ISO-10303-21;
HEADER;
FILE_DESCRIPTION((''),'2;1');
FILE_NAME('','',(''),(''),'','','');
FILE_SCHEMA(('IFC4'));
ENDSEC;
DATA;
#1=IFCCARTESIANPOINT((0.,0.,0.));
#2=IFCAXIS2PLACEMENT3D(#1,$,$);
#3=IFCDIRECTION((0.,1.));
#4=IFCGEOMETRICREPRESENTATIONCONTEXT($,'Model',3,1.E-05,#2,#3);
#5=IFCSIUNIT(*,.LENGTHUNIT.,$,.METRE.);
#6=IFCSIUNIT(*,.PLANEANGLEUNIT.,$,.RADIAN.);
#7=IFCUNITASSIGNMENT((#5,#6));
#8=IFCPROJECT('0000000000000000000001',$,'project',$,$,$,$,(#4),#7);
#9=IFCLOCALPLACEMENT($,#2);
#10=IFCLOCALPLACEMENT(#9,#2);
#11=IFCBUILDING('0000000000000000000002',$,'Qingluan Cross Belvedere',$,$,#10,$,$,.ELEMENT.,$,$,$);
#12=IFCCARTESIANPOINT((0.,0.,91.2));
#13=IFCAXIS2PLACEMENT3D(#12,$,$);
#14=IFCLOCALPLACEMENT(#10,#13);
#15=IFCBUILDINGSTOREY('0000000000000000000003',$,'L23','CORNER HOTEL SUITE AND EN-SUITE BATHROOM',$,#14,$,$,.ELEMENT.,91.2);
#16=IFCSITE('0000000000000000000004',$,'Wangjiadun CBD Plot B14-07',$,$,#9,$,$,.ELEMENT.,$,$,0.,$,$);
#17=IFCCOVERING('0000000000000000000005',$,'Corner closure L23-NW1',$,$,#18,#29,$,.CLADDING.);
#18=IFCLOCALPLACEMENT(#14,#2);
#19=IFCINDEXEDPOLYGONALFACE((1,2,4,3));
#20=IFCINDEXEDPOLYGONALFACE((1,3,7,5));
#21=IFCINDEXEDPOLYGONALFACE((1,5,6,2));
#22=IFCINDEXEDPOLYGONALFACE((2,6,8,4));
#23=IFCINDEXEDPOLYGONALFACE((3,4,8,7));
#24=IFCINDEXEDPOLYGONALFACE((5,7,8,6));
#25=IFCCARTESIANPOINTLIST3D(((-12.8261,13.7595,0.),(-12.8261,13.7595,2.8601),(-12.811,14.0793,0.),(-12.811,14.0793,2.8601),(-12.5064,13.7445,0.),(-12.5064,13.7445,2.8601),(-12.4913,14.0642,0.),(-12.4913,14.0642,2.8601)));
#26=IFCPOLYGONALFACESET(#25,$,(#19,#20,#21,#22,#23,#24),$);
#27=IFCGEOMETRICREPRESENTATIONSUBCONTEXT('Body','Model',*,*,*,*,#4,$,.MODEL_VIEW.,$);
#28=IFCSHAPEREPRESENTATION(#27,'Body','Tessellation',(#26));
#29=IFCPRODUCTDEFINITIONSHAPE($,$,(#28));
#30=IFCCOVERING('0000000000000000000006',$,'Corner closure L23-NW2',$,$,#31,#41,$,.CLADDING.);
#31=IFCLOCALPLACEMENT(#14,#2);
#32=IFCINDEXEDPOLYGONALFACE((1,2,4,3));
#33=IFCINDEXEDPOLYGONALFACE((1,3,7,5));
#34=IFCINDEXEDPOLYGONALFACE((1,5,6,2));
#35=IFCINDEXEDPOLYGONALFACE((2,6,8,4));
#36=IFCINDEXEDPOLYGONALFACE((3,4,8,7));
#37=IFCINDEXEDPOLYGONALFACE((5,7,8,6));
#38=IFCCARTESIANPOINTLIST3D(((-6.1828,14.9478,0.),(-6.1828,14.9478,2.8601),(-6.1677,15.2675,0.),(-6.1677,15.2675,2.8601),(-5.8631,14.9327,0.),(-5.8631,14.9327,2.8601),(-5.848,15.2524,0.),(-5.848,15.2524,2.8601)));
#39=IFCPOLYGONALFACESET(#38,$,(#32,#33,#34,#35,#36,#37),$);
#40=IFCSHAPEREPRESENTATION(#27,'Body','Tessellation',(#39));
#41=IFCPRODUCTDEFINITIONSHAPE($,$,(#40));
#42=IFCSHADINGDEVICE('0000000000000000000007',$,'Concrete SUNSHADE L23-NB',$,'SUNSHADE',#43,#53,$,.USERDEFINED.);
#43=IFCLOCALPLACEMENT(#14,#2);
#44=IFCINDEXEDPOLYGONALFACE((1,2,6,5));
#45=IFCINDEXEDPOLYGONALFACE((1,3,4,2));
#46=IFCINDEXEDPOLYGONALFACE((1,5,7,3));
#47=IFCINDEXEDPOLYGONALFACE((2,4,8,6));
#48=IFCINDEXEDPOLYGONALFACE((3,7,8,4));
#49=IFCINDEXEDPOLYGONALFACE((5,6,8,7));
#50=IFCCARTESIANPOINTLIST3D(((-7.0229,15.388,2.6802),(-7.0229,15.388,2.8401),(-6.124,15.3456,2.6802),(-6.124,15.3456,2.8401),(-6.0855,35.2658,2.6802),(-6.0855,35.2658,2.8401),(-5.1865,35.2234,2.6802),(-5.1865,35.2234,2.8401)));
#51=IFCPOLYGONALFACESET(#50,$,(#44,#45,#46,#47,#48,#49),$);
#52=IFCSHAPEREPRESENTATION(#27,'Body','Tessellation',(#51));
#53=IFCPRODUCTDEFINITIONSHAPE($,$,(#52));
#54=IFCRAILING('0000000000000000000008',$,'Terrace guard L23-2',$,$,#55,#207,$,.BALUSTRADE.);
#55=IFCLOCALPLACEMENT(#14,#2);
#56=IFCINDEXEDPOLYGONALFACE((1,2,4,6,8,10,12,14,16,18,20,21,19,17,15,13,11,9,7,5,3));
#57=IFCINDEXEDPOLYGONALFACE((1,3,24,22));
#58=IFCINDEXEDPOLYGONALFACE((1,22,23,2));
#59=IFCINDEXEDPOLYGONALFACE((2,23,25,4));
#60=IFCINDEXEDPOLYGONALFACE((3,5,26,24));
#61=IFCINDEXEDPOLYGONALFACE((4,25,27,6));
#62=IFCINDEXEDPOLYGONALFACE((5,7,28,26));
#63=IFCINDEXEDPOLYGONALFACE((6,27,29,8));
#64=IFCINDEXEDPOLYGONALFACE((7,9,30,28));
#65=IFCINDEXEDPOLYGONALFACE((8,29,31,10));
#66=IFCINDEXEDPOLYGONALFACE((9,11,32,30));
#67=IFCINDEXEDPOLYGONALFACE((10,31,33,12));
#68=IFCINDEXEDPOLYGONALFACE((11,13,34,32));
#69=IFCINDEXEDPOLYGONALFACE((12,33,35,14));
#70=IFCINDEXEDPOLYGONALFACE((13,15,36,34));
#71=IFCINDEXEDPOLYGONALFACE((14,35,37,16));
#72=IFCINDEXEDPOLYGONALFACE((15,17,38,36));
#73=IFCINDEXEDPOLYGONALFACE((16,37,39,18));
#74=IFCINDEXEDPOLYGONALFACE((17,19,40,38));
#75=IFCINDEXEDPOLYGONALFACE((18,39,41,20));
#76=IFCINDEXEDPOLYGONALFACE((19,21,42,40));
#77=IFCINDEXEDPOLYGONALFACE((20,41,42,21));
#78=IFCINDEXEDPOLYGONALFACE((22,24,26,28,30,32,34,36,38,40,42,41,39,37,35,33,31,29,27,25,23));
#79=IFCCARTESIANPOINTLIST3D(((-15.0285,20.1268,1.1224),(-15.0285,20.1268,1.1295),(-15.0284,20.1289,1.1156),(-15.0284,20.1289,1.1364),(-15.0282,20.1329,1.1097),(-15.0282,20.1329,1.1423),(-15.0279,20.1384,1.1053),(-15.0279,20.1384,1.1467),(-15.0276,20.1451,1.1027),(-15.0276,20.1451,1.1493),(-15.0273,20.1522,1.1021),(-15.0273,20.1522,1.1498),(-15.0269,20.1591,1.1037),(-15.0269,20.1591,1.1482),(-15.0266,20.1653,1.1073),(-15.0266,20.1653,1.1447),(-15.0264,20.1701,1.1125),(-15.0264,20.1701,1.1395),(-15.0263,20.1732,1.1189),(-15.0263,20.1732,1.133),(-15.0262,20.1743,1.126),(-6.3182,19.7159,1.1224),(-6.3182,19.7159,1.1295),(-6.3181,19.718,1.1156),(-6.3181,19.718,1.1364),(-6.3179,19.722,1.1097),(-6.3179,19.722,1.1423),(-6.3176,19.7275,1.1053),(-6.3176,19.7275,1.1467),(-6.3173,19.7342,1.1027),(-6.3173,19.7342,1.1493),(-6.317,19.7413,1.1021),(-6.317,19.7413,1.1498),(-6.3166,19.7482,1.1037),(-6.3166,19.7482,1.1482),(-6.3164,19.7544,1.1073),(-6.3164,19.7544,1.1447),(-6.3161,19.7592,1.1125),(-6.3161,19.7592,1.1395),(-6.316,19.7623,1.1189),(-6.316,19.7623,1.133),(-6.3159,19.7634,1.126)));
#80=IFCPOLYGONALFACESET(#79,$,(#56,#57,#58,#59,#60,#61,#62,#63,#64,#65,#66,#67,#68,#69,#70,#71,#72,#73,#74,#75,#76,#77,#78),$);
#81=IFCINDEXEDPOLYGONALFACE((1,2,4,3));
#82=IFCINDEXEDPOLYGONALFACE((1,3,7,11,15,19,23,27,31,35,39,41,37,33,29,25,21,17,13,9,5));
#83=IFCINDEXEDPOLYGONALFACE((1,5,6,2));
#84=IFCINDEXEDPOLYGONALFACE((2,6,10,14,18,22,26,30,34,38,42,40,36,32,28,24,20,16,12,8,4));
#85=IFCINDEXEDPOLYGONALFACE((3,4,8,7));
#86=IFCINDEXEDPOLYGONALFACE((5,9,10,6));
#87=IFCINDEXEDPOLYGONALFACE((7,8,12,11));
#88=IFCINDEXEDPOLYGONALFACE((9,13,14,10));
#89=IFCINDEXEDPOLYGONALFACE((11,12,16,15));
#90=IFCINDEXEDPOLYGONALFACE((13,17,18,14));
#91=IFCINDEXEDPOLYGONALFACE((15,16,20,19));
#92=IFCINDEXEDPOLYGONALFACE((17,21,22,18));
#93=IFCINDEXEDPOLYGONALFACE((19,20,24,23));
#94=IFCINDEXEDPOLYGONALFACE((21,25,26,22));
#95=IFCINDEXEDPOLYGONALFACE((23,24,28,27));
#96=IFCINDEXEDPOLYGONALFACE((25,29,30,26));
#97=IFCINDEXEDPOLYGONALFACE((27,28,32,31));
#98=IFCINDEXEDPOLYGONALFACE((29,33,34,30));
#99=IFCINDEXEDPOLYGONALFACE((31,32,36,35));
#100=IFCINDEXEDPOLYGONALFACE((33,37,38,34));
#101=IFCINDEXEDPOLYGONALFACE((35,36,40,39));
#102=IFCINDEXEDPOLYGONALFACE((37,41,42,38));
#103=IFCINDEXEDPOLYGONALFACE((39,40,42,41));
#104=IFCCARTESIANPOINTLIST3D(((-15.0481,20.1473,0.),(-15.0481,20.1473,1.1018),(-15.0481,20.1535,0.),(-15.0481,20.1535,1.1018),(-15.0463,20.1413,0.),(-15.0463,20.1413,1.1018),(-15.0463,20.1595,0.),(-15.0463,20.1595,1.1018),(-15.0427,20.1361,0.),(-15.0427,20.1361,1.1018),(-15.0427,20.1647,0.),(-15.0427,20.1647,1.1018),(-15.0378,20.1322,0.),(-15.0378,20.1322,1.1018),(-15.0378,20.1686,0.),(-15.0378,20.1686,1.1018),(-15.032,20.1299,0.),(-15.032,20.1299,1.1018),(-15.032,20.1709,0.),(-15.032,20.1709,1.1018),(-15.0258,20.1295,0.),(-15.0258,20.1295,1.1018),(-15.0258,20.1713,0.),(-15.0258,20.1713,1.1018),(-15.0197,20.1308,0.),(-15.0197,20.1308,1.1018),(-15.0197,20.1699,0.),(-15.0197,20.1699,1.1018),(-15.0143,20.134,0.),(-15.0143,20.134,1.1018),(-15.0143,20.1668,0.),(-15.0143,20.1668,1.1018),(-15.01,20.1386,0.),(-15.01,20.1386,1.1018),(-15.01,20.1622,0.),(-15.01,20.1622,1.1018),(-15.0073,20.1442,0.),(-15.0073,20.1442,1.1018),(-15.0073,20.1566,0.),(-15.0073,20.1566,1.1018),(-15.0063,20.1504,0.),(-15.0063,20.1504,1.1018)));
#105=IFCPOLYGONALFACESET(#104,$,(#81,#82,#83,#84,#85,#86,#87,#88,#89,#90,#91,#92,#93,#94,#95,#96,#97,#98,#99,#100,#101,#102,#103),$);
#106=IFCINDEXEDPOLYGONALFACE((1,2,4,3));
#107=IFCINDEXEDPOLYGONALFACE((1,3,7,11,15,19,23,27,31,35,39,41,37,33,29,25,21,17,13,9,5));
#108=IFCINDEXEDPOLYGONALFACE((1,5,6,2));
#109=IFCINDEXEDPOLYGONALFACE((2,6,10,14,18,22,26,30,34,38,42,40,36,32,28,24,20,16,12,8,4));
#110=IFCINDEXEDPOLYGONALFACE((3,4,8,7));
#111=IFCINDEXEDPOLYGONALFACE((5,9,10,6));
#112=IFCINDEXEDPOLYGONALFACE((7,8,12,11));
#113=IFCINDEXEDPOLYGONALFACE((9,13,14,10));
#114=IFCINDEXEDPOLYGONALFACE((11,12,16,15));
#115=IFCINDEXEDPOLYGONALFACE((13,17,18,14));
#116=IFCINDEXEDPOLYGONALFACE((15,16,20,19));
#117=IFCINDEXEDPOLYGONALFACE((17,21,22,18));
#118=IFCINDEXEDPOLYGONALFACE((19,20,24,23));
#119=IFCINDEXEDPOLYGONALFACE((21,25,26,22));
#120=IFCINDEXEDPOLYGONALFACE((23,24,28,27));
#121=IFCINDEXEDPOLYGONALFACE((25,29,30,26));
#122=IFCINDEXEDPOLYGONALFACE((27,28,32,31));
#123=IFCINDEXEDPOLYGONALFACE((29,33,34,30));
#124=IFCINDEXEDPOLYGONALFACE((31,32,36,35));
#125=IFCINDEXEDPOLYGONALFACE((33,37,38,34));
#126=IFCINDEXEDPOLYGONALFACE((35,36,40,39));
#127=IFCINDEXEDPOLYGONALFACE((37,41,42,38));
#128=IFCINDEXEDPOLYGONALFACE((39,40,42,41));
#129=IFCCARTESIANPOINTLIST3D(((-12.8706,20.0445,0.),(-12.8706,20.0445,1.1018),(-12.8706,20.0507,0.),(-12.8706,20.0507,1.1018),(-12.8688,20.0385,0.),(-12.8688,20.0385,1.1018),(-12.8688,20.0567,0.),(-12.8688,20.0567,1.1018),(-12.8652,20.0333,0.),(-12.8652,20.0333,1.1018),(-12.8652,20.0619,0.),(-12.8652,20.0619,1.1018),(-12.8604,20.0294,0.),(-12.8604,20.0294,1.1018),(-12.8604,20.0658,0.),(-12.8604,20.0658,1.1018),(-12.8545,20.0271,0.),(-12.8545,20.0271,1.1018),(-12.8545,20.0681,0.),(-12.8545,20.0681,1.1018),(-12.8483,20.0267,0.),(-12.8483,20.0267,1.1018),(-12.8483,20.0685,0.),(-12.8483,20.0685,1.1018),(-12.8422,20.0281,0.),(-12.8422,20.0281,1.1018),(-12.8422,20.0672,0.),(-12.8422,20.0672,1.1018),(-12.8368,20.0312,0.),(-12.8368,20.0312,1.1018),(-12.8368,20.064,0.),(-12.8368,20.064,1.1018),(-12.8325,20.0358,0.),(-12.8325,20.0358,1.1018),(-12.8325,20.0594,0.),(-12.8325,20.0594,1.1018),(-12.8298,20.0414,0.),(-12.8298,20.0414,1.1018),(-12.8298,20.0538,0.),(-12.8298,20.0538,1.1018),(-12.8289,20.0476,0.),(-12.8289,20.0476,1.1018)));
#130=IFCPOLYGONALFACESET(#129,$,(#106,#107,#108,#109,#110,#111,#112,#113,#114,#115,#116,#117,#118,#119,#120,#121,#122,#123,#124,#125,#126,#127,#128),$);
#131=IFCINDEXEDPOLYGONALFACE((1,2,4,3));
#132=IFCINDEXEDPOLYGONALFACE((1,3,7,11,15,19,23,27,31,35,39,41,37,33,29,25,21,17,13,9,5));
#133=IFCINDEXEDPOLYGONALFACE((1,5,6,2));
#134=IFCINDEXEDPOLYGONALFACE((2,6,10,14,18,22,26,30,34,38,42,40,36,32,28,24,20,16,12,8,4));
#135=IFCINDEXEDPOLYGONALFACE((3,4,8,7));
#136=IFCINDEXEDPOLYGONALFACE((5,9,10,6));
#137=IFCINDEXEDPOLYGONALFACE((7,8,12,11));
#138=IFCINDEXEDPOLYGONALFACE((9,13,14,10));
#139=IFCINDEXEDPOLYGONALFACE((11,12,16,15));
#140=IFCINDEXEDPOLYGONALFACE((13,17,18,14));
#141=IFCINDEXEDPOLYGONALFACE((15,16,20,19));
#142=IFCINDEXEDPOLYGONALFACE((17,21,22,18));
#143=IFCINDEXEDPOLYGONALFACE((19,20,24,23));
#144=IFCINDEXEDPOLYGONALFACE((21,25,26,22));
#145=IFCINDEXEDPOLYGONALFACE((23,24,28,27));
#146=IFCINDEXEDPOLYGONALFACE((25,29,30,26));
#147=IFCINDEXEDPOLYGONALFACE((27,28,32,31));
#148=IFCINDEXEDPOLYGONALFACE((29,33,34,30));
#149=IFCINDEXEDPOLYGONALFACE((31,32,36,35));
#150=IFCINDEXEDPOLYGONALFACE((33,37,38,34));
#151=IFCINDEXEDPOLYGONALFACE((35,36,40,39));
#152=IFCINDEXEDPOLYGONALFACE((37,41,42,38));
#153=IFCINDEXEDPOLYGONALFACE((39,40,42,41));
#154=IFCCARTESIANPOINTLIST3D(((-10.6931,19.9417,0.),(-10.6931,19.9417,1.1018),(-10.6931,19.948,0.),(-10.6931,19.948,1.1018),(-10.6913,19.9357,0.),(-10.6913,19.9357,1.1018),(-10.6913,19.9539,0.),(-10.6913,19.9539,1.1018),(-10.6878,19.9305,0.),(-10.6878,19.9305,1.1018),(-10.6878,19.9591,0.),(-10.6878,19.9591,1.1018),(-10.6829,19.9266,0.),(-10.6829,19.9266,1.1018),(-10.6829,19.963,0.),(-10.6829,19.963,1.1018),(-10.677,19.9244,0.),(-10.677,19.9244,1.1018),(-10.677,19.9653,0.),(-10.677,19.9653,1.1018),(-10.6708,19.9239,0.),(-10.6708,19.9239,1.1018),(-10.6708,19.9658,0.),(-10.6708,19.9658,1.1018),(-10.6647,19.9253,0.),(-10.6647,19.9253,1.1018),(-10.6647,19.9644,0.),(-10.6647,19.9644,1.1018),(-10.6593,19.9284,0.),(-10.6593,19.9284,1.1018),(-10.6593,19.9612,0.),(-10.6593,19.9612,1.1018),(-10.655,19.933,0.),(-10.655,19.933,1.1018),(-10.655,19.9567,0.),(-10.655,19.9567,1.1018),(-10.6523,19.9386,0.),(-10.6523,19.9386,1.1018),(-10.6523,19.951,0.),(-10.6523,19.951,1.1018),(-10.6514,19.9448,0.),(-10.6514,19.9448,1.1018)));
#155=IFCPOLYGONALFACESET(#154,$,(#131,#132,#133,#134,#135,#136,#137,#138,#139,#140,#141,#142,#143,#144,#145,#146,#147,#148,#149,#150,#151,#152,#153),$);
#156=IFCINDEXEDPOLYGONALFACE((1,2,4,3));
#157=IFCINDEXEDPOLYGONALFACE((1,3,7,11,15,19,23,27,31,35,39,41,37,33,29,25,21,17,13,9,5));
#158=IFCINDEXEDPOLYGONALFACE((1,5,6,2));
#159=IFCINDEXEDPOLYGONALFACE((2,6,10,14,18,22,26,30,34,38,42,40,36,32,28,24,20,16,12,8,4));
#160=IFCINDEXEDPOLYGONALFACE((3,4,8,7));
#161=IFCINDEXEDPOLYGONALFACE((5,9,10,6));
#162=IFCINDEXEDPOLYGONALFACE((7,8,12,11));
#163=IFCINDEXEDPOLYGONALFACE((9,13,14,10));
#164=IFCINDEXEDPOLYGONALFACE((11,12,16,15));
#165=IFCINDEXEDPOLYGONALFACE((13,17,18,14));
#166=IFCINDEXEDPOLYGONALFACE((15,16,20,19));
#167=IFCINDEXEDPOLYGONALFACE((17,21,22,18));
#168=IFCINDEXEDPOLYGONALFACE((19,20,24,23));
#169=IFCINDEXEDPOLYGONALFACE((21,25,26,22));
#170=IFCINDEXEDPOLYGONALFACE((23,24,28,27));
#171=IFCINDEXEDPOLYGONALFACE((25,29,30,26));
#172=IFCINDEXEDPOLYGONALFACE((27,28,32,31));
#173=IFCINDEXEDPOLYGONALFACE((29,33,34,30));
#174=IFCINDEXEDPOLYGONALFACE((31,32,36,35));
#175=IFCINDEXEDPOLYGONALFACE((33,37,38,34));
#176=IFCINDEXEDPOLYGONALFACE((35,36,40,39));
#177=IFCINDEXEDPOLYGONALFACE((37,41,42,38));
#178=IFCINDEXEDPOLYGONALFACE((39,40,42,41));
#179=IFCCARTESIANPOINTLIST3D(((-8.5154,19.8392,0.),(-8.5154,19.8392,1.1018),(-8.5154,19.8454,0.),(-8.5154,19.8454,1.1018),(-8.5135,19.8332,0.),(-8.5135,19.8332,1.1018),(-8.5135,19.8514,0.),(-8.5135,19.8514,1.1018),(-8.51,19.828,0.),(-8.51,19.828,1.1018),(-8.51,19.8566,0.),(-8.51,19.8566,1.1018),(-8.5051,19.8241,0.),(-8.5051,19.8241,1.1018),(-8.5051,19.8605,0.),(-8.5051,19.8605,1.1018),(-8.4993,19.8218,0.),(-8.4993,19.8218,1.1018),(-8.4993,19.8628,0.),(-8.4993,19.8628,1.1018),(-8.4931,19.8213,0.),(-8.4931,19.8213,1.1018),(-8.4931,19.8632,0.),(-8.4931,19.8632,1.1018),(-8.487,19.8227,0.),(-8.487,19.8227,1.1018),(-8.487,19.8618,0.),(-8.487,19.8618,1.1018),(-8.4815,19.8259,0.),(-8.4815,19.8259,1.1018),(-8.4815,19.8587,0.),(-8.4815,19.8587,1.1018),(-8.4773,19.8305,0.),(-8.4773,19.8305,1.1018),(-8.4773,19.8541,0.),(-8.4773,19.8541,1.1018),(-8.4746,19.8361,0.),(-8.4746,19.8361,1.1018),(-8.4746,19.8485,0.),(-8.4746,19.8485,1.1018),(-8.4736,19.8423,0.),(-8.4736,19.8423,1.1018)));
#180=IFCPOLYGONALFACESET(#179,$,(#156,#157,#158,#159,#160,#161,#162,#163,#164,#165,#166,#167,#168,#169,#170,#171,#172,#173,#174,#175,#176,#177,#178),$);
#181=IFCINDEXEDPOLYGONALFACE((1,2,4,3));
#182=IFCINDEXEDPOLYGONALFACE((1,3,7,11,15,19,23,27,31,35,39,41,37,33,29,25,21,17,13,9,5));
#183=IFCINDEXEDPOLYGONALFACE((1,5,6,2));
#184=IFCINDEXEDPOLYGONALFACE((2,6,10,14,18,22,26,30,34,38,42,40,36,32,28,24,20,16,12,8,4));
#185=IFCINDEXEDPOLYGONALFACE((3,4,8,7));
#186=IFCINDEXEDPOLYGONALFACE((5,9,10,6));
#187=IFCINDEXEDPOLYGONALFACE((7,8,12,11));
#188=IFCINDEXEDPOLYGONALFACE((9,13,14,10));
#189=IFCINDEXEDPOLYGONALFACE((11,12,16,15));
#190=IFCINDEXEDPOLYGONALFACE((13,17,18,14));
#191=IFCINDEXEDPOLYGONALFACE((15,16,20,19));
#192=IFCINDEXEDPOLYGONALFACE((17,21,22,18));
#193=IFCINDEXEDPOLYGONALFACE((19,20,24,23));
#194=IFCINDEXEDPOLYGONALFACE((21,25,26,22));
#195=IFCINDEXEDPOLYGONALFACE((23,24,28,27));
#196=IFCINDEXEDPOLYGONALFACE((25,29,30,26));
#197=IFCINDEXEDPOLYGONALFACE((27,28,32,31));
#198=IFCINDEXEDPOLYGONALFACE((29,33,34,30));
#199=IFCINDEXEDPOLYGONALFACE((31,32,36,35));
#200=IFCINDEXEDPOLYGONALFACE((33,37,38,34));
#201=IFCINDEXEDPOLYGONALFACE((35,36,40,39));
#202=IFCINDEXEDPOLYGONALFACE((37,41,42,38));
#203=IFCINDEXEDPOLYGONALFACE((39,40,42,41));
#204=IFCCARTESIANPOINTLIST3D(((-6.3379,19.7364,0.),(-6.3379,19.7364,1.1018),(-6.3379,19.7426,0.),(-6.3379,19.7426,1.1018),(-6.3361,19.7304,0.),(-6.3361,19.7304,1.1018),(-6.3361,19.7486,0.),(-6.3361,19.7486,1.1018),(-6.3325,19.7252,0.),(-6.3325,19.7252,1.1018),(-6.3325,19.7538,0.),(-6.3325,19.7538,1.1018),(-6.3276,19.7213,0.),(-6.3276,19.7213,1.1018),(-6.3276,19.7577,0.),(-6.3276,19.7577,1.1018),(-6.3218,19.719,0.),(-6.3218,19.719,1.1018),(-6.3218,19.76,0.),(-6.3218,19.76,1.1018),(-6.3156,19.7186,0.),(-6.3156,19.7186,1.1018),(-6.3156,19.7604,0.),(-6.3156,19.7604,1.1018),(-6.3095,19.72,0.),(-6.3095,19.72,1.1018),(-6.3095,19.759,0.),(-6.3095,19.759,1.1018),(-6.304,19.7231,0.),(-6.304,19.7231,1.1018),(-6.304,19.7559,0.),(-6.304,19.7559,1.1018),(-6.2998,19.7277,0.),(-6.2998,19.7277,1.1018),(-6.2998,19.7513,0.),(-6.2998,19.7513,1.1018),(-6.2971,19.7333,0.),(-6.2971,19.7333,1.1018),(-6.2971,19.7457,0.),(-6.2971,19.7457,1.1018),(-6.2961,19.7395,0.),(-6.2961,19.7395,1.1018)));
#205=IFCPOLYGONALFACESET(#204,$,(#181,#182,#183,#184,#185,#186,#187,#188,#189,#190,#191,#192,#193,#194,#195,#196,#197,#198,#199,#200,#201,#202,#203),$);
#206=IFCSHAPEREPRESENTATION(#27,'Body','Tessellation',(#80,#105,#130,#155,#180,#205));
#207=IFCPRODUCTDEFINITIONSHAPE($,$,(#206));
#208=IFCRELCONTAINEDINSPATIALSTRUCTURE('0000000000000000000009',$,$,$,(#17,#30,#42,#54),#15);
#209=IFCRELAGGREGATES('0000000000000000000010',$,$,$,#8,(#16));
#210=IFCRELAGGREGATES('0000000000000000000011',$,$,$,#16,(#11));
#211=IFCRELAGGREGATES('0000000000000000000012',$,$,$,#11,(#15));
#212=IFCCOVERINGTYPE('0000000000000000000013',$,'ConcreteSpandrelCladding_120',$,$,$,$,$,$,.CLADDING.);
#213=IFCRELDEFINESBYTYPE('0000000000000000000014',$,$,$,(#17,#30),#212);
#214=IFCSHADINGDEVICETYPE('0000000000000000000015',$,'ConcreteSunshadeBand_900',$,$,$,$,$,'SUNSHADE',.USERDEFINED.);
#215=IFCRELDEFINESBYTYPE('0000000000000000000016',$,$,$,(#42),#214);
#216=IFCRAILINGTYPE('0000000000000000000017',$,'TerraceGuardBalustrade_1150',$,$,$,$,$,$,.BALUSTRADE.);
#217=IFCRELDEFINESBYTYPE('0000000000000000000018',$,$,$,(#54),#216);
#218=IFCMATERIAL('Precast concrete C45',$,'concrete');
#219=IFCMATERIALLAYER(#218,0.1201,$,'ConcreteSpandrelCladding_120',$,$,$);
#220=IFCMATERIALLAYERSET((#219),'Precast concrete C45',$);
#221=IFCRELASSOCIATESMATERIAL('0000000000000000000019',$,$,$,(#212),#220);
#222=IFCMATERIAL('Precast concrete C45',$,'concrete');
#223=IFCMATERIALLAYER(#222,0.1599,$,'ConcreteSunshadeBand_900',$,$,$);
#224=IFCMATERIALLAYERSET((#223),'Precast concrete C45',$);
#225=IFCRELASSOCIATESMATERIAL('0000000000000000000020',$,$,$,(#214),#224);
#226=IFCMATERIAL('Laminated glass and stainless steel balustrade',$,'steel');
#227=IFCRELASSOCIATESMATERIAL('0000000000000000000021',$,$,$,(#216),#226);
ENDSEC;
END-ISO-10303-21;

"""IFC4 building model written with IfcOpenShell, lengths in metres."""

from ifc_helpers import new_model, si_unit, direction, frame, origin, origin_2d, place, context, subcontext, project, spatial, rectangle, circle, extrude, material, layer, layer_set, type_object, element, save


model = new_model("IFC4")

# Units and contexts
model_context = context("Model", 3, precision=1e-05, world=origin(), true_north=direction((0.0, 1.0)))
body_context = subcontext(model_context, "Body", "Model", "MODEL_VIEW")
ifc_project = project(units=[si_unit("LENGTHUNIT", "METRE"), si_unit("PLANEANGLEUNIT", "RADIAN")], contexts=[model_context])

# Site, building, storey
site_placement = place(None, origin())
site = spatial("IfcSite", under=ifc_project, at=site_placement, Name="Wangjiadun CBD Plot B14-07", CompositionType="ELEMENT", RefElevation=0.0)
building_placement = place(site_placement, origin())
building = spatial("IfcBuilding", under=site, at=building_placement, Name="Qingluan Cross Belvedere", CompositionType="ELEMENT")
storey_placement = place(building_placement, frame((0.0, 0.0, 91.2)))
storey = spatial("IfcBuildingStorey", under=building, at=storey_placement, Name="L23", Description="CORNER HOTEL SUITE AND EN-SUITE BATHROOM", CompositionType="ELEMENT", Elevation=91.2)

# Coverings
ifc_material_1 = material(Name="Precast concrete C45", Category="concrete")
ifc_layer_1 = layer(ifc_material_1, 0.1201, Name="ConcreteSpandrelCladding_120")
ifc_layer_set_1 = layer_set([ifc_layer_1], Name="Precast concrete C45")
covering_type_1 = type_object("IfcCoveringType", Name="ConcreteSpandrelCladding_120", PredefinedType="CLADDING", material=ifc_layer_set_1)
for number, where, z_axis, x_axis, name in (
    (1, (-12.6587, 13.9119, 0.0), (0.0, 0.0, 1.0), (0.99889, -0.047106, 0.0), "Corner closure L23-NW1"),
    (2, (-6.0154, 15.1001, 0.0), (0.0, 0.0, 1.0), (0.99889, -0.047106, 0.0), "Corner closure L23-NW2"),
):
    element("IfcCovering", number, at=place(storey_placement, frame(where, z_axis=z_axis, x_axis=x_axis)), inside=storey, type_object=covering_type_1, Name=name, PredefinedType="CLADDING", context=body_context, shape_type="SweptSolid", body=[
        extrude(rectangle(XDim=0.3201, YDim=0.3201, at=origin_2d()), origin(), (0.0, 0.0, 1.0), 2.8601),
    ])

# Shading device
ifc_material_2 = material(Name="Precast concrete C45", Category="concrete")
ifc_layer_2 = layer(ifc_material_2, 0.1599, Name="ConcreteSunshadeBand_900")
ifc_layer_set_2 = layer_set([ifc_layer_2], Name="Precast concrete C45")
shading_device_type = type_object("IfcShadingDeviceType", Name="ConcreteSunshadeBand_900", ElementType="SUNSHADE", PredefinedType="USERDEFINED", material=ifc_layer_set_2)
shading_device_placement = place(storey_placement, frame((-6.1047, 25.3057, 2.6802), z_axis=(0.0, 0.0, 1.0), x_axis=(-0.047109, -0.99889, 0.0)))
element("IfcShadingDevice", 3, at=shading_device_placement, inside=storey, type_object=shading_device_type, Name="Concrete SUNSHADE L23-NB", ObjectType="SUNSHADE", PredefinedType="USERDEFINED", context=body_context, shape_type="SweptSolid", body=[
    extrude(rectangle(XDim=19.8999, YDim=0.8999, at=origin_2d()), origin(), (0.0, 0.0, 1.0), 0.1599),
])

# Railing
ifc_material_3 = material(Name="Laminated glass and stainless steel balustrade", Category="steel")
railing_type = type_object("IfcRailingType", Name="TerraceGuardBalustrade_1150", PredefinedType="BALUSTRADE", material=ifc_material_3)
railing_placement = place(storey_placement, frame((-15.0273, 20.1504, 0.0)))
element("IfcRailing", 4, at=railing_placement, inside=storey, type_object=railing_type, Name="Terrace guard L23-2", PredefinedType="BALUSTRADE", context=body_context, shape_type="SweptSolid", body=[
    extrude(circle(Radius=0.0239, at=origin_2d()), frame((0.0, 0.0, 1.126), z_axis=(0.998889, -0.047121, 0.0), x_axis=(0.047121, 0.998889, 0.0)), (0.0, 0.0, 1.0), 8.72),
    extrude(circle(Radius=0.021, at=origin_2d()), origin(), (0.0, 0.0, 1.0), 1.1018),
    extrude(circle(Radius=0.021, at=origin_2d()), frame((2.1775, -0.1028, 0.0)), (0.0, 0.0, 1.0), 1.1018),
    extrude(circle(Radius=0.021, at=origin_2d()), frame((4.355, -0.2056, 0.0)), (0.0, 0.0, 1.0), 1.1018),
    extrude(circle(Radius=0.021, at=origin_2d()), frame((6.5327, -0.3081, 0.0)), (0.0, 0.0, 1.0), 1.1018),
    extrude(circle(Radius=0.021, at=origin_2d()), frame((8.7102, -0.4109, 0.0)), (0.0, 0.0, 1.0), 1.1018),
])

save(model, "model.ifc")
